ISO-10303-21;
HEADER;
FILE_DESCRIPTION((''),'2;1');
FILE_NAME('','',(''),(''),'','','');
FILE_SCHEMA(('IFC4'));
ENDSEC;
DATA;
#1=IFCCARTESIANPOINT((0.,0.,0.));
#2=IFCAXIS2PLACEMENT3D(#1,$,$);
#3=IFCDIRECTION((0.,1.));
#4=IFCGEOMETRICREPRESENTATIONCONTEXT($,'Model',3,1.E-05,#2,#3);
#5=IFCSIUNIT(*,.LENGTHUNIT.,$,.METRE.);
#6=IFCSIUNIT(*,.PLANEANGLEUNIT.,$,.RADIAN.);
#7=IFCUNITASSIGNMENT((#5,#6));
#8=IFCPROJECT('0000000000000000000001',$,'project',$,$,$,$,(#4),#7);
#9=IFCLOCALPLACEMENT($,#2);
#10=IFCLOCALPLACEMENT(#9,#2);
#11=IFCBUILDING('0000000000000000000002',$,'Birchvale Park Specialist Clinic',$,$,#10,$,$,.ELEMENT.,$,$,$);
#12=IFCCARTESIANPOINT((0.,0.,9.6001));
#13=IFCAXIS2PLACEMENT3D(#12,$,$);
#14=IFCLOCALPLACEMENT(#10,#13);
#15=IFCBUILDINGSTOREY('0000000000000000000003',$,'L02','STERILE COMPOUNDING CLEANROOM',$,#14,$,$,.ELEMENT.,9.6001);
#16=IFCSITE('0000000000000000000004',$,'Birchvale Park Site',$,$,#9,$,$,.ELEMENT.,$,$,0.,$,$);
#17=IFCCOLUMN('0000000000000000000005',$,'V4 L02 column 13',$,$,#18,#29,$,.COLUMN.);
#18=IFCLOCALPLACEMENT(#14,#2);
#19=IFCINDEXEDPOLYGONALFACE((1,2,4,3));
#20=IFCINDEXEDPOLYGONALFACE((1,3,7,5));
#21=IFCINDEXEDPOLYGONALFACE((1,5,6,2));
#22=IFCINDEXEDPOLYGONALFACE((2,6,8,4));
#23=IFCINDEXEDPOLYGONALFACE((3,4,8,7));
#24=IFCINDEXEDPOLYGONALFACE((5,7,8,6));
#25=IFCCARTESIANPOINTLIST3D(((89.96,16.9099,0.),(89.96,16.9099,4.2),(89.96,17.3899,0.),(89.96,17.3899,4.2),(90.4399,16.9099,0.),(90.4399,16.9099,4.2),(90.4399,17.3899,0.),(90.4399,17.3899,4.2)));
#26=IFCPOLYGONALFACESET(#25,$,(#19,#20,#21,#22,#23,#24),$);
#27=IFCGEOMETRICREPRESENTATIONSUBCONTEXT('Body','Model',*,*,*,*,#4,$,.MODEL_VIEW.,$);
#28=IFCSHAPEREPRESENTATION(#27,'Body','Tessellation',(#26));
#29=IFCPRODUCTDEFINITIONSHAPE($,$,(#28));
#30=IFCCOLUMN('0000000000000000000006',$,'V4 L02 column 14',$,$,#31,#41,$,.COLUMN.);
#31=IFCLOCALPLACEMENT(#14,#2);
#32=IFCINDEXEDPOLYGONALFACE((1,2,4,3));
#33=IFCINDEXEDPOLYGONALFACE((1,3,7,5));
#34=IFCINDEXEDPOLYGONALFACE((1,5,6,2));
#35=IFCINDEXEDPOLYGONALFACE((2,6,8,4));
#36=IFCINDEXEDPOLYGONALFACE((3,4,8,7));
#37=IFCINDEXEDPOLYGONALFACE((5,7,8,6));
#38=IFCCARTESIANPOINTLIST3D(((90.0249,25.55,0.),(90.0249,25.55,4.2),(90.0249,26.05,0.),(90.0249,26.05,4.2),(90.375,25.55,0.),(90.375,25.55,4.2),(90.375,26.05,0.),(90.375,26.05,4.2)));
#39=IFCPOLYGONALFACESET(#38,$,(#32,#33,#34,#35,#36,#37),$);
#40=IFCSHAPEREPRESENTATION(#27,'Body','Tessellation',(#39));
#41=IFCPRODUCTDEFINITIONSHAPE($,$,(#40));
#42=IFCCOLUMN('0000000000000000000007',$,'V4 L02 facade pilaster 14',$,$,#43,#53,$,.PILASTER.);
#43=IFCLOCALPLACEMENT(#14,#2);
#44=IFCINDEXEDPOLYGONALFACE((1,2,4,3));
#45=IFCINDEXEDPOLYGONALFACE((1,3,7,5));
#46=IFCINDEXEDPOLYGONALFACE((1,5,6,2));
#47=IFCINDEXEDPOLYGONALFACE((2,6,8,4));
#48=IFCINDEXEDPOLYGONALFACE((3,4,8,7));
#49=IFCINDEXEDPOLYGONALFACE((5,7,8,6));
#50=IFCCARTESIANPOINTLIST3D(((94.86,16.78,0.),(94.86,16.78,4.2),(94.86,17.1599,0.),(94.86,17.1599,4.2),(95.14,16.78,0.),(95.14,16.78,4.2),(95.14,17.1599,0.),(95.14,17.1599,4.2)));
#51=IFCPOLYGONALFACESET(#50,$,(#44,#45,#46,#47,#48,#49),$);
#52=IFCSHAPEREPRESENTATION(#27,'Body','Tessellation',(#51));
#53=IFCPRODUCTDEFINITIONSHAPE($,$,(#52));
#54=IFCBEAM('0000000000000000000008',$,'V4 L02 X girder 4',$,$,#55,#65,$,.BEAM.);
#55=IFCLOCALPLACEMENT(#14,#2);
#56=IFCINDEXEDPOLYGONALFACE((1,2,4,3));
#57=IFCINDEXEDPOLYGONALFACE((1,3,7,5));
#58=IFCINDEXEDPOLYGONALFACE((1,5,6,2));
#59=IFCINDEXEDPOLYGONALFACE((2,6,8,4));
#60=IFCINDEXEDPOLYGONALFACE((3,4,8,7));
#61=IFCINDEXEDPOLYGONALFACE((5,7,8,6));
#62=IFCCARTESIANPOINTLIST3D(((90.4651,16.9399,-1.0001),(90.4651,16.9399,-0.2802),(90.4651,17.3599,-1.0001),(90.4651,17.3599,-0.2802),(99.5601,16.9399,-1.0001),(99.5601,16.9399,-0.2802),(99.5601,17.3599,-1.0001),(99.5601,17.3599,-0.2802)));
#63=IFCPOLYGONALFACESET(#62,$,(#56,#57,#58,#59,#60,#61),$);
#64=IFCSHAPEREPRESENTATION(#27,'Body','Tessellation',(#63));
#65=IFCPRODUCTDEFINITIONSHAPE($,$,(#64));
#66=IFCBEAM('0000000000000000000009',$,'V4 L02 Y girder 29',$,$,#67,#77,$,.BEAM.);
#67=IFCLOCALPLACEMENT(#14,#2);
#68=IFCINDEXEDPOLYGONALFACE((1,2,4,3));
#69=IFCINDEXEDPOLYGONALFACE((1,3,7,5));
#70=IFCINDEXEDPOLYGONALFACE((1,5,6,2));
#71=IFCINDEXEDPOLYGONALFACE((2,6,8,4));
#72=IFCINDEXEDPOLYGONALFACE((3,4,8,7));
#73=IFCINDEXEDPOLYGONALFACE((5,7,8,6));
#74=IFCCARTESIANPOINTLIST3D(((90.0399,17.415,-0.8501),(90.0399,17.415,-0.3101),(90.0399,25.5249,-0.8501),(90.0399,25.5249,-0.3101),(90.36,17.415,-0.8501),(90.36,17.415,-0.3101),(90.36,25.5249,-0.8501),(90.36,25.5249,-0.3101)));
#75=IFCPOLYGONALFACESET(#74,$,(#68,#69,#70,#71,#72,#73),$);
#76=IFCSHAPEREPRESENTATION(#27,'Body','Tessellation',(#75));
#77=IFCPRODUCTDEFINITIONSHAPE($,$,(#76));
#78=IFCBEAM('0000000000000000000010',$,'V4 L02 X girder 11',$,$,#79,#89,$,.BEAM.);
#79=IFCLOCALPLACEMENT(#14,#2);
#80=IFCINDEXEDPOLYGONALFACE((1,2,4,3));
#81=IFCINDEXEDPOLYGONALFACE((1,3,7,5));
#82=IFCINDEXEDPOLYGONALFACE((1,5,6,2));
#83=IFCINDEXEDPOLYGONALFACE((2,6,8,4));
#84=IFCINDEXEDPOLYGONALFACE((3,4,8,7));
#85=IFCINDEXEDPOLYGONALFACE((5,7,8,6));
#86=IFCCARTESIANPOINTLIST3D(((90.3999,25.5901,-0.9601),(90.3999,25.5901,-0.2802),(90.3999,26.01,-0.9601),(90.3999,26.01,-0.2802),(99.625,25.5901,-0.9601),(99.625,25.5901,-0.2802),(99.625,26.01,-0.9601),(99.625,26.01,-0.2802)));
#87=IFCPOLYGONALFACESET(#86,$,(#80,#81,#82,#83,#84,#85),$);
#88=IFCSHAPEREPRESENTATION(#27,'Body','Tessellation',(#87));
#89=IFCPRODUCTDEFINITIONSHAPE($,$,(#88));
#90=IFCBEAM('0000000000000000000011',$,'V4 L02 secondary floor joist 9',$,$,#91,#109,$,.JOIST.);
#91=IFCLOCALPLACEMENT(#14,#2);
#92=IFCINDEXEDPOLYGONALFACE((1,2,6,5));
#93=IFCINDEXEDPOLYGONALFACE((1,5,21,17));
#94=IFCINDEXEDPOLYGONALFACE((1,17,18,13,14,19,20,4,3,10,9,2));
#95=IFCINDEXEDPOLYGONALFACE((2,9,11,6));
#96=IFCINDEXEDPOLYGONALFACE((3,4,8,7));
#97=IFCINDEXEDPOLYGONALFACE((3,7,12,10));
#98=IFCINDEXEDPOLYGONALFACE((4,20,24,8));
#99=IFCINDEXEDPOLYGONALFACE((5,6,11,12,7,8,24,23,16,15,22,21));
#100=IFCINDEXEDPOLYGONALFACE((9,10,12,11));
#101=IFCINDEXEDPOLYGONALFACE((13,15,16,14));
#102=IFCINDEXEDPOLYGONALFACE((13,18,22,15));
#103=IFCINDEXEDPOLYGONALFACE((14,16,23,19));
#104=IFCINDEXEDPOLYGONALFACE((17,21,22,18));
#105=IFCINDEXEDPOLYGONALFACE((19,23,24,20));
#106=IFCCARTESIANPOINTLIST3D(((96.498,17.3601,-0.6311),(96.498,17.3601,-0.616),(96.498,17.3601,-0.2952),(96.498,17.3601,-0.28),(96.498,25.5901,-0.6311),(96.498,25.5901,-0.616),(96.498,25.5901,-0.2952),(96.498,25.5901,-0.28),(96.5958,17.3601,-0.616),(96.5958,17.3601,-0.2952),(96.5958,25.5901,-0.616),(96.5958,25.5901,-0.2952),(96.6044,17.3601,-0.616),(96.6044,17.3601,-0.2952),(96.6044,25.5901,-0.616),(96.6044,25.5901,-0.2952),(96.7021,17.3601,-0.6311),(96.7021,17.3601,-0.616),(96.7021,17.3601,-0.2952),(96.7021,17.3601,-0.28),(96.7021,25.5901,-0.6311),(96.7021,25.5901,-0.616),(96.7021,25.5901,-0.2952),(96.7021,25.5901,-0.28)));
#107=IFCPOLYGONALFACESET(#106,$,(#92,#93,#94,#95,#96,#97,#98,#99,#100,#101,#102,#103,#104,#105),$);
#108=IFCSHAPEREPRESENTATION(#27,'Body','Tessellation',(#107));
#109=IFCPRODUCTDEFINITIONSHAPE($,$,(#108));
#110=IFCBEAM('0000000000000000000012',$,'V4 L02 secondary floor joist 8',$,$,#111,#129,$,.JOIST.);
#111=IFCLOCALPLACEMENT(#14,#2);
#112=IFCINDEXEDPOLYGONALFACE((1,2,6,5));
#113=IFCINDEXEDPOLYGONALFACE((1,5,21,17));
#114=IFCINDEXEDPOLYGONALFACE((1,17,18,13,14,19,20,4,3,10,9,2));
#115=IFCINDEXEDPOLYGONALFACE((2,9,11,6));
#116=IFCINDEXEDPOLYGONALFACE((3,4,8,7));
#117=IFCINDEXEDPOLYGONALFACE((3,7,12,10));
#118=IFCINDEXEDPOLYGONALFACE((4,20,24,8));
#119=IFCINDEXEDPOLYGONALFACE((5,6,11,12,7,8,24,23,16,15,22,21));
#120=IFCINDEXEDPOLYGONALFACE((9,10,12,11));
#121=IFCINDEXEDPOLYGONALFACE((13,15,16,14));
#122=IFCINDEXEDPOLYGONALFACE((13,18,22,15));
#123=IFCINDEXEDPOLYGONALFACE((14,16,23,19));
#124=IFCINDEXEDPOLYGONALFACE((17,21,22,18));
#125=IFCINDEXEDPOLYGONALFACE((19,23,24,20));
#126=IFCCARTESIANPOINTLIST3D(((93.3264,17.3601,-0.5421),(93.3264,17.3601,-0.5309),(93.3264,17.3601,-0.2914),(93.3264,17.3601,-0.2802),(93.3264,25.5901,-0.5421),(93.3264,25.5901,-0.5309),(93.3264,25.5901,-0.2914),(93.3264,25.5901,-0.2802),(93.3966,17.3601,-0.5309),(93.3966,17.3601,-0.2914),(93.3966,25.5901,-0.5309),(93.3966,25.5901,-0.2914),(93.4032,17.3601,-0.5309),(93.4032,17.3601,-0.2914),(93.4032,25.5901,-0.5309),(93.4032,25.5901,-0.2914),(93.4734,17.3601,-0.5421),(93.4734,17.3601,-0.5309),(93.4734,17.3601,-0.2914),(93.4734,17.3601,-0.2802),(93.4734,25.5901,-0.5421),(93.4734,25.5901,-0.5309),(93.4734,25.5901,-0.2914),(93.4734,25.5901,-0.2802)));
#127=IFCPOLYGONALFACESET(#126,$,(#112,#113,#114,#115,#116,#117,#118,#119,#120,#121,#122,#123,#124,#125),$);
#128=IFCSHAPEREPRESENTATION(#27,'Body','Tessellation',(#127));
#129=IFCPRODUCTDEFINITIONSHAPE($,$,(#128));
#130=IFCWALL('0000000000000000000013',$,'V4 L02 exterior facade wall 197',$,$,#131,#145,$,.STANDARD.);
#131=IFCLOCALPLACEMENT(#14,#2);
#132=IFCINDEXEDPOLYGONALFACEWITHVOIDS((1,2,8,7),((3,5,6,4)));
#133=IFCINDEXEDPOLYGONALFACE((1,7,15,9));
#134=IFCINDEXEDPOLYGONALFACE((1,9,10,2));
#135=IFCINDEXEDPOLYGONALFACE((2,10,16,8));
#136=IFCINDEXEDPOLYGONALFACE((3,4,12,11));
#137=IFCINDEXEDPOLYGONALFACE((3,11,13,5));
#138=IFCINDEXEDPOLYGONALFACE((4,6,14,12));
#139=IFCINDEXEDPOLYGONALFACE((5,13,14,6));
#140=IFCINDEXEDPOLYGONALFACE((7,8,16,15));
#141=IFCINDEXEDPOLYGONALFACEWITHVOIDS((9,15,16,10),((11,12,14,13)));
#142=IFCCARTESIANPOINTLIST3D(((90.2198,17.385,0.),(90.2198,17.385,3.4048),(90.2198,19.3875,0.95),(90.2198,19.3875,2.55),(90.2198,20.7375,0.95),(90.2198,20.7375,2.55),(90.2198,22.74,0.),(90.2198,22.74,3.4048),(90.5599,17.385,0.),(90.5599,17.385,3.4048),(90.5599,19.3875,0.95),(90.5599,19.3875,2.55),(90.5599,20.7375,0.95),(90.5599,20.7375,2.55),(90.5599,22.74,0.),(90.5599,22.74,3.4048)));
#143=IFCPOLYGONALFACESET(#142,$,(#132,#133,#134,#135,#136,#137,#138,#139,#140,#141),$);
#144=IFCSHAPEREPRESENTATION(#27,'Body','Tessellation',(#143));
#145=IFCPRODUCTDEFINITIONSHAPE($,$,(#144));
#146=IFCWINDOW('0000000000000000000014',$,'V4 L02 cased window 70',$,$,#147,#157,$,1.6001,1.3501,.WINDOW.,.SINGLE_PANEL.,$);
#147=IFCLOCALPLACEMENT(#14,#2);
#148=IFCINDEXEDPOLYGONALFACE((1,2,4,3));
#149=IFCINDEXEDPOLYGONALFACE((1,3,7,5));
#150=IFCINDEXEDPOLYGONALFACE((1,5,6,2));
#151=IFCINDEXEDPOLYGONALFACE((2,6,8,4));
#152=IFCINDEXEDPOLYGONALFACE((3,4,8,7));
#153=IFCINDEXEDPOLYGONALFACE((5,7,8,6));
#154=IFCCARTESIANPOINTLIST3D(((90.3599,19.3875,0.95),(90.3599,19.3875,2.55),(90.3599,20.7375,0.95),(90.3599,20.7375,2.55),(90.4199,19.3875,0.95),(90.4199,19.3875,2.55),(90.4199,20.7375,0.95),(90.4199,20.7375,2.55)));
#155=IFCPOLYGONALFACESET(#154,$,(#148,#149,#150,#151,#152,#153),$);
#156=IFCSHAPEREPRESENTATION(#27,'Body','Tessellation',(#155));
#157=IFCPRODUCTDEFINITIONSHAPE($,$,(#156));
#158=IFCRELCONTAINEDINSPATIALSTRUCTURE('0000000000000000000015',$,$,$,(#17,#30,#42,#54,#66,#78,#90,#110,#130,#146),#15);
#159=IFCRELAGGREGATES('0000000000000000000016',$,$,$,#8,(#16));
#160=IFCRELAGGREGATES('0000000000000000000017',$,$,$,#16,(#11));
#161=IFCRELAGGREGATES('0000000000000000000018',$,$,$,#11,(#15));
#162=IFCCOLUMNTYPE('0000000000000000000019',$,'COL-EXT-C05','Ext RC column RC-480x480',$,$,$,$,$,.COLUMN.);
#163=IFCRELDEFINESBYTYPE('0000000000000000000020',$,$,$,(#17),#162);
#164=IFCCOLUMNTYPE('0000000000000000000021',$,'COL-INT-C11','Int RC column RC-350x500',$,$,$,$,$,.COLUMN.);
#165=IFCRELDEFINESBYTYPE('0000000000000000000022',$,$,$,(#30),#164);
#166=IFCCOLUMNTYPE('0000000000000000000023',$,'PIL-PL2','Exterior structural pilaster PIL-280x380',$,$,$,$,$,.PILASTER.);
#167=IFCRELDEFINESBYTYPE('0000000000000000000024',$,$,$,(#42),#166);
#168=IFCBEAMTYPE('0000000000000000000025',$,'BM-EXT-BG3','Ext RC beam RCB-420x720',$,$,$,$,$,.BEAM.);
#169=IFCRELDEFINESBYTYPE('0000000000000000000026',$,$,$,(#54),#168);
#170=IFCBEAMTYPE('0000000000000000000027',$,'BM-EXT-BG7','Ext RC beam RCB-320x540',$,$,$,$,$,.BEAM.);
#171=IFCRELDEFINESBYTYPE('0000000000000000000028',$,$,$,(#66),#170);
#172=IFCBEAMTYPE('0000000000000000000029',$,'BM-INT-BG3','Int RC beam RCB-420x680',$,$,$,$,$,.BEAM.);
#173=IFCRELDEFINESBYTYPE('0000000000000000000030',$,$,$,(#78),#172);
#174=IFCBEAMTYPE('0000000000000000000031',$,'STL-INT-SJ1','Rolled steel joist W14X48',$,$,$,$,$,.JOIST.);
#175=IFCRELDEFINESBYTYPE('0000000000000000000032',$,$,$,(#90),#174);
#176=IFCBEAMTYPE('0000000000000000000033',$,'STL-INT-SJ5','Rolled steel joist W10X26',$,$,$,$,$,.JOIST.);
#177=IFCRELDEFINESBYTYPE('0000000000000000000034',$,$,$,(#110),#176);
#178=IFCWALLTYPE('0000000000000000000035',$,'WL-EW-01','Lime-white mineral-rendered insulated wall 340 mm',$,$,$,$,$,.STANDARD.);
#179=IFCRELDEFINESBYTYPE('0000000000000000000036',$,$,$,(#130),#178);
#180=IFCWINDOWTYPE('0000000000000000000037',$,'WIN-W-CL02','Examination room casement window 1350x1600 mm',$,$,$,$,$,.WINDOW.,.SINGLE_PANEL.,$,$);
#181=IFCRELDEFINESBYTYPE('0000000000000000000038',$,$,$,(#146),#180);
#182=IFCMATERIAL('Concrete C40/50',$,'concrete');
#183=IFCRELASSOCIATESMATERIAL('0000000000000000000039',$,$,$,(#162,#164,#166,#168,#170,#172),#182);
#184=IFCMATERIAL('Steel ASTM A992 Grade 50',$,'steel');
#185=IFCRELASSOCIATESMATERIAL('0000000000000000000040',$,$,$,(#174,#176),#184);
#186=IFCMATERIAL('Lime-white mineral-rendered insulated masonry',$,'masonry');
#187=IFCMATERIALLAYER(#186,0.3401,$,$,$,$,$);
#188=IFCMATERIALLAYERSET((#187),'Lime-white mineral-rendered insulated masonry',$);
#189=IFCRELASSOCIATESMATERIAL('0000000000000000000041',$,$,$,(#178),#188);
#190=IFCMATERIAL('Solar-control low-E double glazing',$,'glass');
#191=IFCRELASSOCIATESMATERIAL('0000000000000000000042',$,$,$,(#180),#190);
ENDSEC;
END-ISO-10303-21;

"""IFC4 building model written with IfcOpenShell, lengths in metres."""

from ifc_helpers import new_model, si_unit, direction, frame, frame_2d, origin, origin_2d, place, context, subcontext, project, spatial, rectangle, i_section, extrude, material, layer, layer_set, material_profile, profile_set, type_object, element, fill, save


model = new_model("IFC4")

# Units and contexts
model_context = context("Model", 3, precision=1e-05, world=origin(), true_north=direction((0.0, 1.0)))
body_context = subcontext(model_context, "Body", "Model", "MODEL_VIEW")
ifc_project = project(units=[si_unit("LENGTHUNIT", "METRE"), si_unit("PLANEANGLEUNIT", "RADIAN")], contexts=[model_context])

# Site, building, storey
site_placement = place(None, origin())
site = spatial("IfcSite", under=ifc_project, at=site_placement, Name="Birchvale Park Site", CompositionType="ELEMENT", RefElevation=0.0)
building_placement = place(site_placement, origin())
building = spatial("IfcBuilding", under=site, at=building_placement, Name="Birchvale Park Specialist Clinic", CompositionType="ELEMENT")
storey_placement = place(building_placement, frame((0.0, 0.0, 9.6001)))
storey = spatial("IfcBuildingStorey", under=building, at=storey_placement, Name="L02", Description="STERILE COMPOUNDING CLEANROOM", CompositionType="ELEMENT", Elevation=9.6001)

# Columns
ifc_material_1 = material(Name="Concrete C40/50", Category="concrete")
ifc_material_profile_1 = material_profile(ifc_material_1, rectangle(XDim=0.48, YDim=0.48, at=origin_2d()), Name="RC-480x480")
ifc_profile_set_1 = profile_set([ifc_material_profile_1], Name="Concrete C40/50")
column_type_1 = type_object("IfcColumnType", Name="COL-EXT-C05", Description="Ext RC column RC-480x480", PredefinedType="COLUMN", material=ifc_profile_set_1)
column_1_placement = place(storey_placement, frame((90.2, 17.1499, 0.0), z_axis=(0.0, 0.0, 1.0), x_axis=(1.0, 0.0, 0.0)))
element("IfcColumn", 1, at=column_1_placement, inside=storey, type_object=column_type_1, Name="V4 L02 column 13", PredefinedType="COLUMN", context=body_context, shape_type="SweptSolid", body=[
    extrude(rectangle(XDim=0.48, YDim=0.48, at=origin_2d()), origin(), (0.0, 0.0, 1.0), 4.2),
])
ifc_material_profile_2 = material_profile(ifc_material_1, rectangle(XDim=0.3501, YDim=0.5, at=origin_2d()), Name="RC-350x500")
ifc_profile_set_2 = profile_set([ifc_material_profile_2], Name="Concrete C40/50")
column_type_2 = type_object("IfcColumnType", Name="COL-INT-C11", Description="Int RC column RC-350x500", PredefinedType="COLUMN", material=ifc_profile_set_2)
column_2_placement = place(storey_placement, frame((90.2, 25.8, 0.0), z_axis=(0.0, 0.0, 1.0), x_axis=(1.0, 0.0, 0.0)))
element("IfcColumn", 2, at=column_2_placement, inside=storey, type_object=column_type_2, Name="V4 L02 column 14", PredefinedType="COLUMN", context=body_context, shape_type="SweptSolid", body=[
    extrude(rectangle(XDim=0.3501, YDim=0.5, at=origin_2d()), origin(), (0.0, 0.0, 1.0), 4.2),
])
ifc_material_profile_3 = material_profile(ifc_material_1, rectangle(XDim=0.28, YDim=0.3799, at=origin_2d()), Name="PIL-280x380")
ifc_profile_set_3 = profile_set([ifc_material_profile_3], Name="Concrete C40/50")
column_type_3 = type_object("IfcColumnType", Name="PIL-PL2", Description="Exterior structural pilaster PIL-280x380", PredefinedType="PILASTER", material=ifc_profile_set_3)
column_3_placement = place(storey_placement, frame((95.0, 16.97, 0.0), z_axis=(0.0, 0.0, 1.0), x_axis=(1.0, 0.0, 0.0)))
element("IfcColumn", 3, at=column_3_placement, inside=storey, type_object=column_type_3, Name="V4 L02 facade pilaster 14", PredefinedType="PILASTER", context=body_context, shape_type="SweptSolid", body=[
    extrude(rectangle(XDim=0.28, YDim=0.3799, at=origin_2d()), origin(), (0.0, 0.0, 1.0), 4.2),
])

# Beams
ifc_material_profile_4 = material_profile(ifc_material_1, rectangle(XDim=0.4199, YDim=0.72, at=origin_2d()), Name="RCB-420x720")
ifc_profile_set_4 = profile_set([ifc_material_profile_4], Name="Concrete C40/50")
beam_type_1 = type_object("IfcBeamType", Name="BM-EXT-BG3", Description="Ext RC beam RCB-420x720", PredefinedType="BEAM", material=ifc_profile_set_4)
beam_1_placement = place(storey_placement, frame((90.4651, 17.1499, -0.6401), z_axis=(1.0, 0.0, 0.0), x_axis=(0.0, 1.0, 0.0)))
element("IfcBeam", 4, at=beam_1_placement, inside=storey, type_object=beam_type_1, Name="V4 L02 X girder 4", PredefinedType="BEAM", context=body_context, shape_type="SweptSolid", body=[
    extrude(rectangle(XDim=0.4199, YDim=0.72, at=origin_2d()), origin(), (0.0, 0.0, 1.0), 9.095),
])
ifc_material_profile_5 = material_profile(ifc_material_1, rectangle(XDim=0.3201, YDim=0.54, at=origin_2d()), Name="RCB-320x540")
ifc_profile_set_5 = profile_set([ifc_material_profile_5], Name="Concrete C40/50")
beam_type_2 = type_object("IfcBeamType", Name="BM-EXT-BG7", Description="Ext RC beam RCB-320x540", PredefinedType="BEAM", material=ifc_profile_set_5)
beam_2_placement = place(storey_placement, frame((90.2, 17.415, -0.5801), z_axis=(0.0, 1.0, 0.0), x_axis=(-1.0, 0.0, 0.0)))
element("IfcBeam", 5, at=beam_2_placement, inside=storey, type_object=beam_type_2, Name="V4 L02 Y girder 29", PredefinedType="BEAM", context=body_context, shape_type="SweptSolid", body=[
    extrude(rectangle(XDim=0.3201, YDim=0.54, at=origin_2d()), origin(), (0.0, 0.0, 1.0), 8.1099),
])
ifc_material_profile_6 = material_profile(ifc_material_1, rectangle(XDim=0.4199, YDim=0.6799, at=origin_2d()), Name="RCB-420x680")
ifc_profile_set_6 = profile_set([ifc_material_profile_6], Name="Concrete C40/50")
beam_type_3 = type_object("IfcBeamType", Name="BM-INT-BG3", Description="Int RC beam RCB-420x680", PredefinedType="BEAM", material=ifc_profile_set_6)
beam_3_placement = place(storey_placement, frame((90.3999, 25.8, -0.6201), z_axis=(1.0, 0.0, 0.0), x_axis=(0.0, 1.0, 0.0)))
element("IfcBeam", 6, at=beam_3_placement, inside=storey, type_object=beam_type_3, Name="V4 L02 X girder 11", PredefinedType="BEAM", context=body_context, shape_type="SweptSolid", body=[
    extrude(rectangle(XDim=0.4199, YDim=0.6799, at=origin_2d()), origin(), (0.0, 0.0, 1.0), 9.2251),
])
ifc_material_2 = material(Name="Steel ASTM A992 Grade 50", Category="steel")
ifc_material_profile_7 = material_profile(ifc_material_2, i_section(OverallWidth=0.2041, OverallDepth=0.3511, WebThickness=0.0085, FlangeThickness=0.0151, at=origin_2d()), Name="W14X48")
ifc_profile_set_7 = profile_set([ifc_material_profile_7], Name="Steel ASTM A992 Grade 50")
beam_type_4 = type_object("IfcBeamType", Name="STL-INT-SJ1", Description="Rolled steel joist W14X48", PredefinedType="JOIST", material=ifc_profile_set_7)
beam_4_placement = place(storey_placement, frame((96.6001, 17.3601, -0.4556), z_axis=(0.0, 1.0, 0.0), x_axis=(-1.0, 0.0, 0.0)))
element("IfcBeam", 7, at=beam_4_placement, inside=storey, type_object=beam_type_4, Name="V4 L02 secondary floor joist 9", PredefinedType="JOIST", context=body_context, shape_type="SweptSolid", body=[
    extrude(i_section(OverallWidth=0.2041, OverallDepth=0.3511, WebThickness=0.0085, FlangeThickness=0.0151, at=origin_2d()), origin(), (0.0, 0.0, 1.0), 8.23),
])
ifc_material_profile_8 = material_profile(ifc_material_2, i_section(OverallWidth=0.147, OverallDepth=0.262, WebThickness=0.0066, FlangeThickness=0.0112, at=origin_2d()), Name="W10X26")
ifc_profile_set_8 = profile_set([ifc_material_profile_8], Name="Steel ASTM A992 Grade 50")
beam_type_5 = type_object("IfcBeamType", Name="STL-INT-SJ5", Description="Rolled steel joist W10X26", PredefinedType="JOIST", material=ifc_profile_set_8)
beam_5_placement = place(storey_placement, frame((93.3999, 17.3601, -0.4111), z_axis=(0.0, 1.0, 0.0), x_axis=(-1.0, 0.0, 0.0)))
element("IfcBeam", 8, at=beam_5_placement, inside=storey, type_object=beam_type_5, Name="V4 L02 secondary floor joist 8", PredefinedType="JOIST", context=body_context, shape_type="SweptSolid", body=[
    extrude(i_section(OverallWidth=0.147, OverallDepth=0.262, WebThickness=0.0066, FlangeThickness=0.0112, at=origin_2d()), origin(), (0.0, 0.0, 1.0), 8.23),
])

# Wall, opening, window
ifc_material_3 = material(Name="Lime-white mineral-rendered insulated masonry", Category="masonry")
ifc_layer_1 = layer(ifc_material_3, 0.3401)
ifc_layer_set_1 = layer_set([ifc_layer_1], Name="Lime-white mineral-rendered insulated masonry")
wall_type_1 = type_object("IfcWallType", Name="WL-EW-01", Description="Lime-white mineral-rendered insulated wall 340 mm", PredefinedType="STANDARD", material=ifc_layer_set_1)
wall_1_placement = place(storey_placement, frame((90.3899, 22.74, 0.0), z_axis=(0.0, 0.0, 1.0), x_axis=(0.0, -1.0, 0.0)))
wall_1 = element("IfcWall", 9, at=wall_1_placement, inside=storey, type_object=wall_type_1, Name="V4 L02 exterior facade wall 197", PredefinedType="STANDARD", context=body_context, shape_type="SweptSolid", body=[
    extrude(rectangle(XDim=5.355, YDim=0.3401, at=frame_2d((2.6775, 0.0))), origin(), (0.0, 0.0, 1.0), 3.4048),
])
opening_1_placement = place(wall_1_placement, frame((2.0024, 0.0, 0.95)))
opening_1 = element("IfcOpeningElement", 10, at=opening_1_placement, cuts=wall_1, PredefinedType="OPENING", context=body_context, shape_type="SweptSolid", body=[
    extrude(rectangle(XDim=1.3501, YDim=1.6001, at=frame_2d((0.675, 0.8))), frame((0.0, 0.1802, 0.0), z_axis=(0.0, -1.0, 0.0), x_axis=(1.0, 0.0, 0.0)), (0.0, 0.0, 1.0), 0.3601),
])
ifc_material_4 = material(Name="Solar-control low-E double glazing", Category="glass")
window_type_1 = type_object("IfcWindowType", Name="WIN-W-CL02", Description="Examination room casement window 1350x1600 mm", PartitioningType="SINGLE_PANEL", PredefinedType="WINDOW", material=ifc_material_4)
window_1_placement = place(opening_1_placement, origin())
window_1 = element("IfcWindow", 11, at=window_1_placement, inside=storey, type_object=window_type_1, Name="V4 L02 cased window 70", OverallHeight=1.6001, OverallWidth=1.3501, PartitioningType="SINGLE_PANEL", PredefinedType="WINDOW", context=body_context, shape_type="SweptSolid", body=[
    extrude(rectangle(XDim=1.3501, YDim=1.6001, at=frame_2d((0.675, 0.8))), frame((0.0, 0.03, 0.0), z_axis=(0.0, -1.0, 0.0), x_axis=(1.0, 0.0, 0.0)), (0.0, 0.0, 1.0), 0.0601),
])
fill(opening_1, window_1)

save(model, "model.ifc")
